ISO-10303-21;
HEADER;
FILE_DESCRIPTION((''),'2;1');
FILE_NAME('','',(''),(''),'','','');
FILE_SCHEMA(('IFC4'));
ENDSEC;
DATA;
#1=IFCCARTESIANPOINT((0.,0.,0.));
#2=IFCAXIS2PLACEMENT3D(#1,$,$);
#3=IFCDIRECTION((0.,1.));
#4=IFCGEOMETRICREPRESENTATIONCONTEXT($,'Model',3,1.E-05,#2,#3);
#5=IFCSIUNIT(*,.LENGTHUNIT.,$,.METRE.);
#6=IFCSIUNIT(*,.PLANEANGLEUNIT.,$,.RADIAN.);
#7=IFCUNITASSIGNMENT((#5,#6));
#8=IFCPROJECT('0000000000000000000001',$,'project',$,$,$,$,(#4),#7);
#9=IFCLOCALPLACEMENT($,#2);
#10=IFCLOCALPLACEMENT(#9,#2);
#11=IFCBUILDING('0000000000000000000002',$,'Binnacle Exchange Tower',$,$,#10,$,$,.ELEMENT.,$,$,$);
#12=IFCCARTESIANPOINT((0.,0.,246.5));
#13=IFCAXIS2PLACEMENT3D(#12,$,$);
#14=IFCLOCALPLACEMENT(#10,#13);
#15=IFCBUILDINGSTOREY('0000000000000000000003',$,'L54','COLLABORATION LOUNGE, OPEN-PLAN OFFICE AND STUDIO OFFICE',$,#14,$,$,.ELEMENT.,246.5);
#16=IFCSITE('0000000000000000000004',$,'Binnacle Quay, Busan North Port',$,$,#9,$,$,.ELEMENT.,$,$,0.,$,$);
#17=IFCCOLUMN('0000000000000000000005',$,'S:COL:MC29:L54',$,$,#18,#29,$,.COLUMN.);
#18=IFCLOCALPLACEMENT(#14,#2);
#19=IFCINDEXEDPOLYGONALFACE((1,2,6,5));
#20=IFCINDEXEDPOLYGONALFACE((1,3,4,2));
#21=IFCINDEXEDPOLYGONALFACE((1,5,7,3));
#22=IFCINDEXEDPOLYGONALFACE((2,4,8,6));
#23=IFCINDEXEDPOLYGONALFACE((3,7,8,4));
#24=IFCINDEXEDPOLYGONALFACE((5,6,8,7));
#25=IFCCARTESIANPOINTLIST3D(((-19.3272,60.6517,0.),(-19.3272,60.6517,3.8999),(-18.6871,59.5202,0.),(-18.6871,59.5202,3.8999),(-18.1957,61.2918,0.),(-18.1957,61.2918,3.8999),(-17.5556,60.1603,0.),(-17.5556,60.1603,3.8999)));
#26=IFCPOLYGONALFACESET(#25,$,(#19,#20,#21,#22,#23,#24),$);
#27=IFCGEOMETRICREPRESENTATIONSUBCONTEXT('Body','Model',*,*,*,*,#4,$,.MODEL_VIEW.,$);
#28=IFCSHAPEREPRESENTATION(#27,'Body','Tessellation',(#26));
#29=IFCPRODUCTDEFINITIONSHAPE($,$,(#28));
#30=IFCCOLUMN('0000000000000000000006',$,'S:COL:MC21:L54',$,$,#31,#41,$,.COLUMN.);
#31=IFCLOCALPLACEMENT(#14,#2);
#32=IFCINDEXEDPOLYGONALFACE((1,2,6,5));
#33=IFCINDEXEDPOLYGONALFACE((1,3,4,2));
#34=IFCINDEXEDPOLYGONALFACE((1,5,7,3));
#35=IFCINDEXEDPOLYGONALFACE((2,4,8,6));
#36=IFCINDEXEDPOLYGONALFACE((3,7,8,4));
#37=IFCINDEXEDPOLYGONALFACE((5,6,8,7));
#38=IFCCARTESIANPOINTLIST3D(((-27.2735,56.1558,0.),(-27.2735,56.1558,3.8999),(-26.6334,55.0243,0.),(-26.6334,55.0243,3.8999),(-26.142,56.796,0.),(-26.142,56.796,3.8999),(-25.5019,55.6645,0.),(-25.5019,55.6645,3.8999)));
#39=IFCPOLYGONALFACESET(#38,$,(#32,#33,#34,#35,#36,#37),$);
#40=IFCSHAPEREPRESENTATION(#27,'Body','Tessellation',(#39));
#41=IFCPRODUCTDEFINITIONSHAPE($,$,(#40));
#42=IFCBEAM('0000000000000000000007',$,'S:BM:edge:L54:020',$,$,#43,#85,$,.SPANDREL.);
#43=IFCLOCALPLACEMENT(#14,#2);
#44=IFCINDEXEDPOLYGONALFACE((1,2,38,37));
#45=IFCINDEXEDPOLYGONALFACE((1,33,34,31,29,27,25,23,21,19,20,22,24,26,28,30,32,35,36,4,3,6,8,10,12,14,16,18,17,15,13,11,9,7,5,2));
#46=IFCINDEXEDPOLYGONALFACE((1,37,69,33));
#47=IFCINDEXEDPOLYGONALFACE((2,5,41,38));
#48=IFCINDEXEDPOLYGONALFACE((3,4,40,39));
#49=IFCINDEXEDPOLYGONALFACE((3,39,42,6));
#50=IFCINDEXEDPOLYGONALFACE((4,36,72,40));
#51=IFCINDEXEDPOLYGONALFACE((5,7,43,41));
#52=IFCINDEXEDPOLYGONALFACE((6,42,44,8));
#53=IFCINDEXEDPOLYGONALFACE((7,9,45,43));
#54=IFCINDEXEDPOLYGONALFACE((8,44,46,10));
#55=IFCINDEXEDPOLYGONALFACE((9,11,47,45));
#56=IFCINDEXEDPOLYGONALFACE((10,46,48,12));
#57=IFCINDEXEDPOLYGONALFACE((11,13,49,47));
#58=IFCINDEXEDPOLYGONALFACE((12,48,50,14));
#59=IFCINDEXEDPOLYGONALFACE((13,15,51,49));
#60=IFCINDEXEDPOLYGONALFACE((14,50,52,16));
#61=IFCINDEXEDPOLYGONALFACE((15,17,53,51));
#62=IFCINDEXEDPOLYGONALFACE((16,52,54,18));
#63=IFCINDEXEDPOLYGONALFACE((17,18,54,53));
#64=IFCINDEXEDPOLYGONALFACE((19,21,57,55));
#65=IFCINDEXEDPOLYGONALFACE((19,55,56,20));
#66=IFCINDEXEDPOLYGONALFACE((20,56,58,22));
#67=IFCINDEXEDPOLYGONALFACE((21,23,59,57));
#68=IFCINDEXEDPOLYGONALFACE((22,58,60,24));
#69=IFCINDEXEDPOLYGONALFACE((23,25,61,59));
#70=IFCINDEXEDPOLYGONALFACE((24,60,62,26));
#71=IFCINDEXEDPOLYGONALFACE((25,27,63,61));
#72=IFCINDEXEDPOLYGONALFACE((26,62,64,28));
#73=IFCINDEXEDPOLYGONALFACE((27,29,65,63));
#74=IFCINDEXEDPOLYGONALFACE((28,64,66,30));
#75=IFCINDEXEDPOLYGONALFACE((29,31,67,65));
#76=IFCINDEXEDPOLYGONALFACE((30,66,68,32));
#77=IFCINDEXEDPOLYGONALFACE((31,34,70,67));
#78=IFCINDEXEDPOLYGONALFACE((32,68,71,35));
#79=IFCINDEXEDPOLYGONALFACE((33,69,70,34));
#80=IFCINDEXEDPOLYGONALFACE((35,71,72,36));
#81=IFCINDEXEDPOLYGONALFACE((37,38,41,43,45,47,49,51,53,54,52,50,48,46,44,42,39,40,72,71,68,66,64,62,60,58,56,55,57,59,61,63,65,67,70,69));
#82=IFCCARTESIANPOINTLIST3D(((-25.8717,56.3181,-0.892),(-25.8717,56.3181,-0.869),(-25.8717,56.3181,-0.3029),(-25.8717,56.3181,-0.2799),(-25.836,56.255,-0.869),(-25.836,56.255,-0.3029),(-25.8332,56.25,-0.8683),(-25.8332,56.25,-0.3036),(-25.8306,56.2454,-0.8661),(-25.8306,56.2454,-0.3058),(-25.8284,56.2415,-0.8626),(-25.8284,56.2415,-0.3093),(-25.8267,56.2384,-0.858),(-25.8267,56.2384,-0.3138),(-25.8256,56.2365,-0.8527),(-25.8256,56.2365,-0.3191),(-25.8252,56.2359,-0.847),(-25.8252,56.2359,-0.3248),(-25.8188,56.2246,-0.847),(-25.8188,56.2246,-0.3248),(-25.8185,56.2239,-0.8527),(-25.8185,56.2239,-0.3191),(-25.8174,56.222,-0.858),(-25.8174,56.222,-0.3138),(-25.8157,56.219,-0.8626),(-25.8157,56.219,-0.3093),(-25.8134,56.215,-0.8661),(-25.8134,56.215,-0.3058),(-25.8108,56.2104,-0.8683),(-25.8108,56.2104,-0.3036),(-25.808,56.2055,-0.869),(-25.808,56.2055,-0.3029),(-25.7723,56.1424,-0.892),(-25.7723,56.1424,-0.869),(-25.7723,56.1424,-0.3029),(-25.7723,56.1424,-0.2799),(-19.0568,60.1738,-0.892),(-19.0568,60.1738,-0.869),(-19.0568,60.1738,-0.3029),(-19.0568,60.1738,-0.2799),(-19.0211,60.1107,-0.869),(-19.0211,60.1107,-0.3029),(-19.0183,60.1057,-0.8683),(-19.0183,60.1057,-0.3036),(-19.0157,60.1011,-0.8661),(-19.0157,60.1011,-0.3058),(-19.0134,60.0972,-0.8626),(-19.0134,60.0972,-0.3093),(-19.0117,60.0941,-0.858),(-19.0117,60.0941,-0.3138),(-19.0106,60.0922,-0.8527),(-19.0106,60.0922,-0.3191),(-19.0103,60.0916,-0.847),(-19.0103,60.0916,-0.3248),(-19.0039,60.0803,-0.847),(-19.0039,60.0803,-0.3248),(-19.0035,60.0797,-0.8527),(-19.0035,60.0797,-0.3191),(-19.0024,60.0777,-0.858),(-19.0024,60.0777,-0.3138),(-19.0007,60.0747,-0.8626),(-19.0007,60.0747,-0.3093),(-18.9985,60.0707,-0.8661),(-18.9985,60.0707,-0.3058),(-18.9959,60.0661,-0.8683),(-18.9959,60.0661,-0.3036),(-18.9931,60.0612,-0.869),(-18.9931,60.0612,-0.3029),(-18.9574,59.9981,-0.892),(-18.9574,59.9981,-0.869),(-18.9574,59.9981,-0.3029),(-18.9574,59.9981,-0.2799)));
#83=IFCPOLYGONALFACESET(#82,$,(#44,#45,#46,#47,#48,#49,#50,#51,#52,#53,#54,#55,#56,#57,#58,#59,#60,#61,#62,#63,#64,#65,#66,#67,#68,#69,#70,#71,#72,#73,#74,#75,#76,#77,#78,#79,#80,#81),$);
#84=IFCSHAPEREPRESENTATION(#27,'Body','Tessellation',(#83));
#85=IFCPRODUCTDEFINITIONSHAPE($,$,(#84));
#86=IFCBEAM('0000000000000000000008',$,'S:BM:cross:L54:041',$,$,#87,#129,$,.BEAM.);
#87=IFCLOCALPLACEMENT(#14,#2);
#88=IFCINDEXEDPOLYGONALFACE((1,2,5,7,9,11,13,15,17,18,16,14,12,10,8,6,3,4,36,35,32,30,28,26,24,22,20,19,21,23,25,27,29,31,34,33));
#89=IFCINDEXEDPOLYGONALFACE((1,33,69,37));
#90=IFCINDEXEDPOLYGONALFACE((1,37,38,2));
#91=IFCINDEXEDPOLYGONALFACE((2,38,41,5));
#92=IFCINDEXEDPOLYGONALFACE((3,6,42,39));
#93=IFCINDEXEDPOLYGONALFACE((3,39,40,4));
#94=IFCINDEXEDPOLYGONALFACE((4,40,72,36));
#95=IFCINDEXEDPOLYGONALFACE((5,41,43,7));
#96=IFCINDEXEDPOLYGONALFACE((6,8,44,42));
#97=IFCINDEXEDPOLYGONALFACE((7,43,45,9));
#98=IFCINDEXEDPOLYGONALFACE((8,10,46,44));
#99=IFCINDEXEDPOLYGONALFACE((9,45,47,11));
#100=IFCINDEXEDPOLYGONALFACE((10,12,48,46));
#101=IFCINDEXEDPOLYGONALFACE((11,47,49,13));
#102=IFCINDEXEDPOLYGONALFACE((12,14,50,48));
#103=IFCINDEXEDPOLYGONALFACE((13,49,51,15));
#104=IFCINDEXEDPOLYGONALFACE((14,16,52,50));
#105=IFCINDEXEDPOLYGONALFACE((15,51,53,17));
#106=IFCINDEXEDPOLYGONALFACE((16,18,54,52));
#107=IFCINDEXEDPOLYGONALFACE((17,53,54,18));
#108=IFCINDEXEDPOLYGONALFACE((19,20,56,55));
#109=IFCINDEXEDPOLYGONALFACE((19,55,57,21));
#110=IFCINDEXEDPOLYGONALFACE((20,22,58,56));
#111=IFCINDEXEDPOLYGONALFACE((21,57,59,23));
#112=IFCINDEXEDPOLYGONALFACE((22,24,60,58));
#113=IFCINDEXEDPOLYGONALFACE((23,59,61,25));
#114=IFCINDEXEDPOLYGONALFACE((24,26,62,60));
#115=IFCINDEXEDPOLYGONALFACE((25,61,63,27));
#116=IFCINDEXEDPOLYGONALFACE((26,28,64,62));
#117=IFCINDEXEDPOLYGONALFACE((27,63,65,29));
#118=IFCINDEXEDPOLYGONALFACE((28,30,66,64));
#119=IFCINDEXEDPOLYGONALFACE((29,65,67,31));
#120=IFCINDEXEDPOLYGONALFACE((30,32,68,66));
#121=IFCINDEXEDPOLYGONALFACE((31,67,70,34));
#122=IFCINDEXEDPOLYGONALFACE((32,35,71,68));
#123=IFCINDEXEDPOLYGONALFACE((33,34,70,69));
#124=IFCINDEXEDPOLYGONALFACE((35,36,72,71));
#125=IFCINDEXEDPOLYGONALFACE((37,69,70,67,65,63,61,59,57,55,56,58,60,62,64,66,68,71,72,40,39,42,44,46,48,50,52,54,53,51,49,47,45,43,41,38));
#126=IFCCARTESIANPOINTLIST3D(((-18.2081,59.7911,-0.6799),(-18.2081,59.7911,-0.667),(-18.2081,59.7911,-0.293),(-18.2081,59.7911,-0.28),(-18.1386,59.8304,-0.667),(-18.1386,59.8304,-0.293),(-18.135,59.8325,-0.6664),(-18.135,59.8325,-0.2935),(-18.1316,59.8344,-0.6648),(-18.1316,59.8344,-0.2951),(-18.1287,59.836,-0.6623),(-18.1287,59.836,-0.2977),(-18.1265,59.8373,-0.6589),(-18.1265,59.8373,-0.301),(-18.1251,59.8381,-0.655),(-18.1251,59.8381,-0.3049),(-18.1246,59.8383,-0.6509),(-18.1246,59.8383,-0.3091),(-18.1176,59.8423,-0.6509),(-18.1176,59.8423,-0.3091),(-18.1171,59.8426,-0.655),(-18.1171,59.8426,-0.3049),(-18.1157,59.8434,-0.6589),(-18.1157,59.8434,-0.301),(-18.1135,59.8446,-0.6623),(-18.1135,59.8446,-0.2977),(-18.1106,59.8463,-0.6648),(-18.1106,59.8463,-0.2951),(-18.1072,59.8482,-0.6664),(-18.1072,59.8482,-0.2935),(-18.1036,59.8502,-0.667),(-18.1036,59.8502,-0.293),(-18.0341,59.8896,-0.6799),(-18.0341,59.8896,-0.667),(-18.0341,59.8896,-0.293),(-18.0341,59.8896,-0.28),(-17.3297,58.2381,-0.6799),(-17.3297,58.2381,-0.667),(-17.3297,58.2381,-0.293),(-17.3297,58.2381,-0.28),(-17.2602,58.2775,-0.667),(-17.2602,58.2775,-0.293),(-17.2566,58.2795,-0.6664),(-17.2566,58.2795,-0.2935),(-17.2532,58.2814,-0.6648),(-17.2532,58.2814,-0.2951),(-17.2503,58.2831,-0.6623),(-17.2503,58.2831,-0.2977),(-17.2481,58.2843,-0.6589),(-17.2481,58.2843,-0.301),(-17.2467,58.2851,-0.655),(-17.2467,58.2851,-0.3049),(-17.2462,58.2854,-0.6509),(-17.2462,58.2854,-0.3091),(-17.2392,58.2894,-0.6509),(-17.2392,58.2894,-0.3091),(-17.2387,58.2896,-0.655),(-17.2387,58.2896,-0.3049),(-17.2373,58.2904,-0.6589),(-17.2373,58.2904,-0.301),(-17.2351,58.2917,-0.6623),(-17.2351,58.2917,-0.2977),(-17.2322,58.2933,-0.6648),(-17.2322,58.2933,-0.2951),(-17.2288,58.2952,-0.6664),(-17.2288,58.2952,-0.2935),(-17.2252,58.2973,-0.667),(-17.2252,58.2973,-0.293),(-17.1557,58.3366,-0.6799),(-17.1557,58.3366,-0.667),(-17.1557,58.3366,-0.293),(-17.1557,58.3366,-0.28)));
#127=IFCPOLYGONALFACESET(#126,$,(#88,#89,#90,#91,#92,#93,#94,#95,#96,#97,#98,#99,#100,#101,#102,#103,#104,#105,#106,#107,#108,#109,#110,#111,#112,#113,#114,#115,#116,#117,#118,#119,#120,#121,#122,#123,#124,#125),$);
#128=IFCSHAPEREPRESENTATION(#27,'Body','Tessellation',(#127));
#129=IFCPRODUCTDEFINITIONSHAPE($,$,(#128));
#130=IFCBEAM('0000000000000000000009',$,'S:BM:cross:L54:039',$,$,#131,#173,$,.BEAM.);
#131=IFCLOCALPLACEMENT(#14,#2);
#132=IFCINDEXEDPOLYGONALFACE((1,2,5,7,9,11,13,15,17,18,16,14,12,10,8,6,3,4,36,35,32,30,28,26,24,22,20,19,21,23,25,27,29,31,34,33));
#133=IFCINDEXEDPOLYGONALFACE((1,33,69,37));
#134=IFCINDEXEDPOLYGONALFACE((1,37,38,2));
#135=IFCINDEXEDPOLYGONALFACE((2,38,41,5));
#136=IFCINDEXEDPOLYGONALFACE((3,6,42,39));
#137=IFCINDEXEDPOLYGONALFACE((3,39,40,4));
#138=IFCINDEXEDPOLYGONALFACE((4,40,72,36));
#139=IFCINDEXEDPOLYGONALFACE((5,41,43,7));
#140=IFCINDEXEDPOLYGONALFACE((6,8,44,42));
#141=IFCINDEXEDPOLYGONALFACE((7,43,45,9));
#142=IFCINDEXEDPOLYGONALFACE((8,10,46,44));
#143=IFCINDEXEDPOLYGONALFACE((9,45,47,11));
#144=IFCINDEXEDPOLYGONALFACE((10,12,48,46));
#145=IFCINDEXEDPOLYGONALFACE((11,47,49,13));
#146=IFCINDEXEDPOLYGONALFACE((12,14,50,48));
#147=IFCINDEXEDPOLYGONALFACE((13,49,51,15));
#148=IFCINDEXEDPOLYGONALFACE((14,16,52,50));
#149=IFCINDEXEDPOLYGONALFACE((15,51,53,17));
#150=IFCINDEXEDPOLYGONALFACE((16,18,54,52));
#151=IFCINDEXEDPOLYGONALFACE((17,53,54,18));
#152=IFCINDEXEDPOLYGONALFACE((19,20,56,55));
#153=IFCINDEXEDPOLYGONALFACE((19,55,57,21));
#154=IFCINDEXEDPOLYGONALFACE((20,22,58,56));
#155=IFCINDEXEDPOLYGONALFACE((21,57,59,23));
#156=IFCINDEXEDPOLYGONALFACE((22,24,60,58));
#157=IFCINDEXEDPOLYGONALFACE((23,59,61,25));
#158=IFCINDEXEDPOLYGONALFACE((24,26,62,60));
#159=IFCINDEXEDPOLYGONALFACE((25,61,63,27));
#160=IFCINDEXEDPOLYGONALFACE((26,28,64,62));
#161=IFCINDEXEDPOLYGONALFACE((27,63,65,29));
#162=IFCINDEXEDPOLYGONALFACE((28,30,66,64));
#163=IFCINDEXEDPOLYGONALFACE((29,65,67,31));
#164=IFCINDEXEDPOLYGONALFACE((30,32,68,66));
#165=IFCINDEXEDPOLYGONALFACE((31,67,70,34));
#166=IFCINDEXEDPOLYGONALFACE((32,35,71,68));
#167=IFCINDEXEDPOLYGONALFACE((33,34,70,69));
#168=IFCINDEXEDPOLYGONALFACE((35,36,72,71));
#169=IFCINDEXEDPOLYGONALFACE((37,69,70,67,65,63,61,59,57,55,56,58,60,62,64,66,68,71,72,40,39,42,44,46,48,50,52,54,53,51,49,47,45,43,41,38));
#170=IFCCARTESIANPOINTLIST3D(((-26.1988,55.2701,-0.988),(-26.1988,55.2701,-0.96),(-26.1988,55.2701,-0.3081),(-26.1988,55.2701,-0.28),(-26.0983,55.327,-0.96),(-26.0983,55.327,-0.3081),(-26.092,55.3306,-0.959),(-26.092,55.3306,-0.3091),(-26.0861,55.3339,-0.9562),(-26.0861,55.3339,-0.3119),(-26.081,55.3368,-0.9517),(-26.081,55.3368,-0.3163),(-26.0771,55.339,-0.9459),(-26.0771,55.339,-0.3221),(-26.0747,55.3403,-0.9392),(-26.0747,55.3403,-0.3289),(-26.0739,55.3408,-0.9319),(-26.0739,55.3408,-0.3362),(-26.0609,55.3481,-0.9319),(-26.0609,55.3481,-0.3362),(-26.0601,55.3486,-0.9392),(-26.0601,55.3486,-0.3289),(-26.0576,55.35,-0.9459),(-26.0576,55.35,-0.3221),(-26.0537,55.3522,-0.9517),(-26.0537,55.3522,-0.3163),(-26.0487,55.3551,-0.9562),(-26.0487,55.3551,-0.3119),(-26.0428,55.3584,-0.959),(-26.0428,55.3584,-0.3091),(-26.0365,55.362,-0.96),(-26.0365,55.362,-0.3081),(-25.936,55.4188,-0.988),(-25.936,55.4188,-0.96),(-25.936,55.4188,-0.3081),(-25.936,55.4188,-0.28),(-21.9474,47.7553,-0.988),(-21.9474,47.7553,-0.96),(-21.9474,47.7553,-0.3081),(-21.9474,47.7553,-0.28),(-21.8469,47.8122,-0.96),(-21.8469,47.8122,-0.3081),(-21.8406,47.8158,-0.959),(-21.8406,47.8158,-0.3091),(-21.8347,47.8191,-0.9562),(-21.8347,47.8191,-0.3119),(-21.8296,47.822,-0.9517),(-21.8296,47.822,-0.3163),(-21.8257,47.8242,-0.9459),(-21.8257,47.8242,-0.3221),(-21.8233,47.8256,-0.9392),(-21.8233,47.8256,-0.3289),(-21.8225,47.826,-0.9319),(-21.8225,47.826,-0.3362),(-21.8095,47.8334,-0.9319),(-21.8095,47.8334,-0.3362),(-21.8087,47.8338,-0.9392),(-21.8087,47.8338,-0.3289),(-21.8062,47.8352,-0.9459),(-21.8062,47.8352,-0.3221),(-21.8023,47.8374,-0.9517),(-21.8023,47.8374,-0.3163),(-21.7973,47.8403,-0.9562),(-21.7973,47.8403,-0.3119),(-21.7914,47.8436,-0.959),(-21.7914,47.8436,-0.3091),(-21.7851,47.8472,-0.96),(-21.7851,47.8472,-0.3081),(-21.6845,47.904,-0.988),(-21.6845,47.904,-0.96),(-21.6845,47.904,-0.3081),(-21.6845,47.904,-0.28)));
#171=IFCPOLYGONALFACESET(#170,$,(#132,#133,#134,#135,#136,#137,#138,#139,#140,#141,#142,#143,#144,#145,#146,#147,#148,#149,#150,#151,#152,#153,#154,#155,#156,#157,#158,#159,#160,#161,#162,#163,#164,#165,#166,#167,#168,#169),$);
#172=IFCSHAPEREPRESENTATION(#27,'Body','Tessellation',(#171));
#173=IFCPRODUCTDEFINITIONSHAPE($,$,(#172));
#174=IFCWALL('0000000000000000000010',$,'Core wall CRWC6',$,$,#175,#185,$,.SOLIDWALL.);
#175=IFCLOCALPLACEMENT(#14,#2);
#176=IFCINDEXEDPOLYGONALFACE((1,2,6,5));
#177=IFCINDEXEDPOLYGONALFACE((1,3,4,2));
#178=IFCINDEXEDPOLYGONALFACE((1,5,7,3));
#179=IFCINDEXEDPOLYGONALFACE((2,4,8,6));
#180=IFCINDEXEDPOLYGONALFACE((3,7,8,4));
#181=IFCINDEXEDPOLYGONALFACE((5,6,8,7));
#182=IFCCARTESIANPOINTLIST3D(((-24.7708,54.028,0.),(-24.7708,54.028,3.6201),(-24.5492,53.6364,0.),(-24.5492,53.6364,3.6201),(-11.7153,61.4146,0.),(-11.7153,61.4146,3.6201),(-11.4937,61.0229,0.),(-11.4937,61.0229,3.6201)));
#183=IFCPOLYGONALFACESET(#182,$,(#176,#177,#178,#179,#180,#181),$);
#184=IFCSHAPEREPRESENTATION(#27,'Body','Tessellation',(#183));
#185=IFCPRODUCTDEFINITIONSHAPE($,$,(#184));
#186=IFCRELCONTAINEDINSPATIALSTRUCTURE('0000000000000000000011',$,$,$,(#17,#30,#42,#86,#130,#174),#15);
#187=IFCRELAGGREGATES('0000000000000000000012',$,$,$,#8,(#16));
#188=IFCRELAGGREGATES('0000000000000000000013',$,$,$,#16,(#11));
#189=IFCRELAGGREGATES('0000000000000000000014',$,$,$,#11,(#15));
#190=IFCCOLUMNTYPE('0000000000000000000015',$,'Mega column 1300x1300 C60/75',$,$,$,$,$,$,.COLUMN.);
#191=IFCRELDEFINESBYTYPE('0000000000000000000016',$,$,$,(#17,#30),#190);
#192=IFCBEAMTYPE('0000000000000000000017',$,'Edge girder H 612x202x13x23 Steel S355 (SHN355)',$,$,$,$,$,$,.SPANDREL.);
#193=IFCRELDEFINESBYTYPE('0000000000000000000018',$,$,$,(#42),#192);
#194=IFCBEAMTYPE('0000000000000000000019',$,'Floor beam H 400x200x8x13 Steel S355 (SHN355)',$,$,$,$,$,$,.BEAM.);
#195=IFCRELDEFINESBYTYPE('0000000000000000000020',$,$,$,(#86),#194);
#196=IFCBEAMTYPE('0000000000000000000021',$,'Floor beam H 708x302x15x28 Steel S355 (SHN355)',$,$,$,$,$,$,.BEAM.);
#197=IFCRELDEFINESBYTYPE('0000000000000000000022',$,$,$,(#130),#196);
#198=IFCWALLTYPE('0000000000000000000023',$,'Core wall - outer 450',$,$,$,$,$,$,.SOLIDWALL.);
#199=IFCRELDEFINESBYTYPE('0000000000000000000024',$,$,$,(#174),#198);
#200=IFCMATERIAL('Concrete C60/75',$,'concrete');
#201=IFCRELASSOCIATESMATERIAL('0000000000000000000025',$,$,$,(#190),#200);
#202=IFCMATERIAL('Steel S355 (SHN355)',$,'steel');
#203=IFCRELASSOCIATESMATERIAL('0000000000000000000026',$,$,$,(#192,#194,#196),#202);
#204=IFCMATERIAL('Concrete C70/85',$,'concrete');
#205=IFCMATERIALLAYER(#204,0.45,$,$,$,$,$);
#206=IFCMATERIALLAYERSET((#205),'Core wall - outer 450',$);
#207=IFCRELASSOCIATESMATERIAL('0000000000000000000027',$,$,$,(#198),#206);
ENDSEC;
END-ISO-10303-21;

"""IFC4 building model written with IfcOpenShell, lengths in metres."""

from ifc_helpers import new_model, si_unit, direction, frame, frame_2d, origin, origin_2d, place, context, subcontext, project, spatial, rectangle, i_section, extrude, material, layer, layer_set, material_profile, profile_set, type_object, element, save


model = new_model("IFC4")

# Units and contexts
model_context = context("Model", 3, precision=1e-05, world=origin(), true_north=direction((0.0, 1.0)))
body_context = subcontext(model_context, "Body", "Model", "MODEL_VIEW")
ifc_project = project(units=[si_unit("LENGTHUNIT", "METRE"), si_unit("PLANEANGLEUNIT", "RADIAN")], contexts=[model_context])

# Site, building, storey
site_placement = place(None, origin())
site = spatial("IfcSite", under=ifc_project, at=site_placement, Name="Binnacle Quay, Busan North Port", CompositionType="ELEMENT", RefElevation=0.0)
building_placement = place(site_placement, origin())
building = spatial("IfcBuilding", under=site, at=building_placement, Name="Binnacle Exchange Tower", CompositionType="ELEMENT")
storey_placement = place(building_placement, frame((0.0, 0.0, 246.5)))
storey = spatial("IfcBuildingStorey", under=building, at=storey_placement, Name="L54", Description="COLLABORATION LOUNGE, OPEN-PLAN OFFICE AND STUDIO OFFICE", CompositionType="ELEMENT", Elevation=246.5)

# Columns
ifc_material_1 = material(Name="Concrete C60/75", Category="concrete")
ifc_material_profile_1 = material_profile(ifc_material_1, rectangle(XDim=1.3, YDim=1.3, at=origin_2d()), Name="Mega column 1300x1300 C60/75")
ifc_profile_set_1 = profile_set([ifc_material_profile_1], Name="Concrete C60/75")
column_type = type_object("IfcColumnType", Name="Mega column 1300x1300 C60/75", PredefinedType="COLUMN", material=ifc_profile_set_1)
for number, where, z_axis, x_axis, name in (
    (1, (-18.4414, 60.406, 0.0), (0.0, 0.0, 1.0), (-0.870356, -0.492424, 0.0), "S:COL:MC29:L54"),
    (2, (-26.3877, 55.9102, 0.0), (0.0, 0.0, 1.0), (-0.870356, -0.492424, 0.0), "S:COL:MC21:L54"),
):
    element("IfcColumn", number, at=place(storey_placement, frame(where, z_axis=z_axis, x_axis=x_axis)), inside=storey, type_object=column_type, Name=name, PredefinedType="COLUMN", context=body_context, shape_type="SweptSolid", body=[
        extrude(rectangle(XDim=1.3, YDim=1.3, at=origin_2d()), origin(), (0.0, 0.0, 1.0), 3.8999),
    ])

# Beams
ifc_material_2 = material(Name="Steel S355 (SHN355)", Category="steel")
ifc_material_profile_2 = material_profile(ifc_material_2, i_section(OverallWidth=0.2019, OverallDepth=0.6121, WebThickness=0.0129, FlangeThickness=0.0229, FilletRadius=0.022, at=origin_2d()), Name="H 612x202x13x23")
ifc_profile_set_2 = profile_set([ifc_material_profile_2], Name="Steel S355 (SHN355)")
beam_type_1 = type_object("IfcBeamType", Name="Edge girder H 612x202x13x23 Steel S355 (SHN355)", PredefinedType="SPANDREL", material=ifc_profile_set_2)
beam_1_placement = place(storey_placement, frame((-19.0071, 60.0859, -0.5859), z_axis=(-0.870355, -0.492424, 0.0), x_axis=(0.492424, -0.870355, 0.0)))
element("IfcBeam", 3, at=beam_1_placement, inside=storey, type_object=beam_type_1, Name="S:BM:edge:L54:020", PredefinedType="SPANDREL", context=body_context, shape_type="SweptSolid", body=[
    extrude(i_section(OverallWidth=0.2019, OverallDepth=0.6121, WebThickness=0.0129, FlangeThickness=0.0229, FilletRadius=0.022, at=origin_2d()), origin(), (0.0, 0.0, 1.0), 7.8301),
])
ifc_material_profile_3 = material_profile(ifc_material_2, i_section(OverallWidth=0.2, OverallDepth=0.3999, WebThickness=0.0081, FlangeThickness=0.0129, FilletRadius=0.0161, at=origin_2d()), Name="H 400x200x8x13")
ifc_profile_set_3 = profile_set([ifc_material_profile_3], Name="Steel S355 (SHN355)")
beam_type_2 = type_object("IfcBeamType", Name="Floor beam H 400x200x8x13 Steel S355 (SHN355)", PredefinedType="BEAM", material=ifc_profile_set_3)
beam_2_placement = place(storey_placement, frame((-18.1211, 59.8403, -0.48), z_axis=(0.492332, -0.870407, 0.0), x_axis=(0.870407, 0.492332, 0.0)))
element("IfcBeam", 4, at=beam_2_placement, inside=storey, type_object=beam_type_2, Name="S:BM:cross:L54:041", PredefinedType="BEAM", context=body_context, shape_type="SweptSolid", body=[
    extrude(i_section(OverallWidth=0.2, OverallDepth=0.3999, WebThickness=0.0081, FlangeThickness=0.0129, FilletRadius=0.0161, at=origin_2d()), origin(), (0.0, 0.0, 1.0), 1.7842),
])
ifc_material_profile_4 = material_profile(ifc_material_2, i_section(OverallWidth=0.302, OverallDepth=0.708, WebThickness=0.0149, FlangeThickness=0.0281, FilletRadius=0.0281, at=origin_2d()), Name="H 708x302x15x28")
ifc_profile_set_4 = profile_set([ifc_material_profile_4], Name="Steel S355 (SHN355)")
beam_type_3 = type_object("IfcBeamType", Name="Floor beam H 708x302x15x28 Steel S355 (SHN355)", PredefinedType="BEAM", material=ifc_profile_set_4)
beam_3_placement = place(storey_placement, frame((-26.0674, 55.3445, -0.634), z_axis=(0.492401, -0.870368, 0.0), x_axis=(0.870368, 0.492401, 0.0)))
element("IfcBeam", 5, at=beam_3_placement, inside=storey, type_object=beam_type_3, Name="S:BM:cross:L54:039", PredefinedType="BEAM", context=body_context, shape_type="SweptSolid", body=[
    extrude(i_section(OverallWidth=0.302, OverallDepth=0.708, WebThickness=0.0149, FlangeThickness=0.0281, FilletRadius=0.0281, at=origin_2d()), origin(), (0.0, 0.0, 1.0), 8.634),
])

# Wall
ifc_material_3 = material(Name="Concrete C70/85", Category="concrete")
ifc_layer_1 = layer(ifc_material_3, 0.45)
ifc_layer_set_1 = layer_set([ifc_layer_1], Name="Core wall - outer 450")
wall_type_1 = type_object("IfcWallType", Name="Core wall - outer 450", PredefinedType="SOLIDWALL", material=ifc_layer_set_1)
wall_1_placement = place(storey_placement, frame((-24.6599, 53.8323, 0.0), z_axis=(0.0, 0.0, 1.0), x_axis=(0.870354, 0.492427, 0.0)))
element("IfcWall", 6, at=wall_1_placement, inside=storey, type_object=wall_type_1, Name="Core wall CRWC6", PredefinedType="SOLIDWALL", context=body_context, shape_type="SweptSolid", body=[
    extrude(rectangle(XDim=15.0002, YDim=0.45, at=frame_2d((7.5, 0.0))), origin(), (0.0, 0.0, 1.0), 3.6201),
])

save(model, "model.ifc")
